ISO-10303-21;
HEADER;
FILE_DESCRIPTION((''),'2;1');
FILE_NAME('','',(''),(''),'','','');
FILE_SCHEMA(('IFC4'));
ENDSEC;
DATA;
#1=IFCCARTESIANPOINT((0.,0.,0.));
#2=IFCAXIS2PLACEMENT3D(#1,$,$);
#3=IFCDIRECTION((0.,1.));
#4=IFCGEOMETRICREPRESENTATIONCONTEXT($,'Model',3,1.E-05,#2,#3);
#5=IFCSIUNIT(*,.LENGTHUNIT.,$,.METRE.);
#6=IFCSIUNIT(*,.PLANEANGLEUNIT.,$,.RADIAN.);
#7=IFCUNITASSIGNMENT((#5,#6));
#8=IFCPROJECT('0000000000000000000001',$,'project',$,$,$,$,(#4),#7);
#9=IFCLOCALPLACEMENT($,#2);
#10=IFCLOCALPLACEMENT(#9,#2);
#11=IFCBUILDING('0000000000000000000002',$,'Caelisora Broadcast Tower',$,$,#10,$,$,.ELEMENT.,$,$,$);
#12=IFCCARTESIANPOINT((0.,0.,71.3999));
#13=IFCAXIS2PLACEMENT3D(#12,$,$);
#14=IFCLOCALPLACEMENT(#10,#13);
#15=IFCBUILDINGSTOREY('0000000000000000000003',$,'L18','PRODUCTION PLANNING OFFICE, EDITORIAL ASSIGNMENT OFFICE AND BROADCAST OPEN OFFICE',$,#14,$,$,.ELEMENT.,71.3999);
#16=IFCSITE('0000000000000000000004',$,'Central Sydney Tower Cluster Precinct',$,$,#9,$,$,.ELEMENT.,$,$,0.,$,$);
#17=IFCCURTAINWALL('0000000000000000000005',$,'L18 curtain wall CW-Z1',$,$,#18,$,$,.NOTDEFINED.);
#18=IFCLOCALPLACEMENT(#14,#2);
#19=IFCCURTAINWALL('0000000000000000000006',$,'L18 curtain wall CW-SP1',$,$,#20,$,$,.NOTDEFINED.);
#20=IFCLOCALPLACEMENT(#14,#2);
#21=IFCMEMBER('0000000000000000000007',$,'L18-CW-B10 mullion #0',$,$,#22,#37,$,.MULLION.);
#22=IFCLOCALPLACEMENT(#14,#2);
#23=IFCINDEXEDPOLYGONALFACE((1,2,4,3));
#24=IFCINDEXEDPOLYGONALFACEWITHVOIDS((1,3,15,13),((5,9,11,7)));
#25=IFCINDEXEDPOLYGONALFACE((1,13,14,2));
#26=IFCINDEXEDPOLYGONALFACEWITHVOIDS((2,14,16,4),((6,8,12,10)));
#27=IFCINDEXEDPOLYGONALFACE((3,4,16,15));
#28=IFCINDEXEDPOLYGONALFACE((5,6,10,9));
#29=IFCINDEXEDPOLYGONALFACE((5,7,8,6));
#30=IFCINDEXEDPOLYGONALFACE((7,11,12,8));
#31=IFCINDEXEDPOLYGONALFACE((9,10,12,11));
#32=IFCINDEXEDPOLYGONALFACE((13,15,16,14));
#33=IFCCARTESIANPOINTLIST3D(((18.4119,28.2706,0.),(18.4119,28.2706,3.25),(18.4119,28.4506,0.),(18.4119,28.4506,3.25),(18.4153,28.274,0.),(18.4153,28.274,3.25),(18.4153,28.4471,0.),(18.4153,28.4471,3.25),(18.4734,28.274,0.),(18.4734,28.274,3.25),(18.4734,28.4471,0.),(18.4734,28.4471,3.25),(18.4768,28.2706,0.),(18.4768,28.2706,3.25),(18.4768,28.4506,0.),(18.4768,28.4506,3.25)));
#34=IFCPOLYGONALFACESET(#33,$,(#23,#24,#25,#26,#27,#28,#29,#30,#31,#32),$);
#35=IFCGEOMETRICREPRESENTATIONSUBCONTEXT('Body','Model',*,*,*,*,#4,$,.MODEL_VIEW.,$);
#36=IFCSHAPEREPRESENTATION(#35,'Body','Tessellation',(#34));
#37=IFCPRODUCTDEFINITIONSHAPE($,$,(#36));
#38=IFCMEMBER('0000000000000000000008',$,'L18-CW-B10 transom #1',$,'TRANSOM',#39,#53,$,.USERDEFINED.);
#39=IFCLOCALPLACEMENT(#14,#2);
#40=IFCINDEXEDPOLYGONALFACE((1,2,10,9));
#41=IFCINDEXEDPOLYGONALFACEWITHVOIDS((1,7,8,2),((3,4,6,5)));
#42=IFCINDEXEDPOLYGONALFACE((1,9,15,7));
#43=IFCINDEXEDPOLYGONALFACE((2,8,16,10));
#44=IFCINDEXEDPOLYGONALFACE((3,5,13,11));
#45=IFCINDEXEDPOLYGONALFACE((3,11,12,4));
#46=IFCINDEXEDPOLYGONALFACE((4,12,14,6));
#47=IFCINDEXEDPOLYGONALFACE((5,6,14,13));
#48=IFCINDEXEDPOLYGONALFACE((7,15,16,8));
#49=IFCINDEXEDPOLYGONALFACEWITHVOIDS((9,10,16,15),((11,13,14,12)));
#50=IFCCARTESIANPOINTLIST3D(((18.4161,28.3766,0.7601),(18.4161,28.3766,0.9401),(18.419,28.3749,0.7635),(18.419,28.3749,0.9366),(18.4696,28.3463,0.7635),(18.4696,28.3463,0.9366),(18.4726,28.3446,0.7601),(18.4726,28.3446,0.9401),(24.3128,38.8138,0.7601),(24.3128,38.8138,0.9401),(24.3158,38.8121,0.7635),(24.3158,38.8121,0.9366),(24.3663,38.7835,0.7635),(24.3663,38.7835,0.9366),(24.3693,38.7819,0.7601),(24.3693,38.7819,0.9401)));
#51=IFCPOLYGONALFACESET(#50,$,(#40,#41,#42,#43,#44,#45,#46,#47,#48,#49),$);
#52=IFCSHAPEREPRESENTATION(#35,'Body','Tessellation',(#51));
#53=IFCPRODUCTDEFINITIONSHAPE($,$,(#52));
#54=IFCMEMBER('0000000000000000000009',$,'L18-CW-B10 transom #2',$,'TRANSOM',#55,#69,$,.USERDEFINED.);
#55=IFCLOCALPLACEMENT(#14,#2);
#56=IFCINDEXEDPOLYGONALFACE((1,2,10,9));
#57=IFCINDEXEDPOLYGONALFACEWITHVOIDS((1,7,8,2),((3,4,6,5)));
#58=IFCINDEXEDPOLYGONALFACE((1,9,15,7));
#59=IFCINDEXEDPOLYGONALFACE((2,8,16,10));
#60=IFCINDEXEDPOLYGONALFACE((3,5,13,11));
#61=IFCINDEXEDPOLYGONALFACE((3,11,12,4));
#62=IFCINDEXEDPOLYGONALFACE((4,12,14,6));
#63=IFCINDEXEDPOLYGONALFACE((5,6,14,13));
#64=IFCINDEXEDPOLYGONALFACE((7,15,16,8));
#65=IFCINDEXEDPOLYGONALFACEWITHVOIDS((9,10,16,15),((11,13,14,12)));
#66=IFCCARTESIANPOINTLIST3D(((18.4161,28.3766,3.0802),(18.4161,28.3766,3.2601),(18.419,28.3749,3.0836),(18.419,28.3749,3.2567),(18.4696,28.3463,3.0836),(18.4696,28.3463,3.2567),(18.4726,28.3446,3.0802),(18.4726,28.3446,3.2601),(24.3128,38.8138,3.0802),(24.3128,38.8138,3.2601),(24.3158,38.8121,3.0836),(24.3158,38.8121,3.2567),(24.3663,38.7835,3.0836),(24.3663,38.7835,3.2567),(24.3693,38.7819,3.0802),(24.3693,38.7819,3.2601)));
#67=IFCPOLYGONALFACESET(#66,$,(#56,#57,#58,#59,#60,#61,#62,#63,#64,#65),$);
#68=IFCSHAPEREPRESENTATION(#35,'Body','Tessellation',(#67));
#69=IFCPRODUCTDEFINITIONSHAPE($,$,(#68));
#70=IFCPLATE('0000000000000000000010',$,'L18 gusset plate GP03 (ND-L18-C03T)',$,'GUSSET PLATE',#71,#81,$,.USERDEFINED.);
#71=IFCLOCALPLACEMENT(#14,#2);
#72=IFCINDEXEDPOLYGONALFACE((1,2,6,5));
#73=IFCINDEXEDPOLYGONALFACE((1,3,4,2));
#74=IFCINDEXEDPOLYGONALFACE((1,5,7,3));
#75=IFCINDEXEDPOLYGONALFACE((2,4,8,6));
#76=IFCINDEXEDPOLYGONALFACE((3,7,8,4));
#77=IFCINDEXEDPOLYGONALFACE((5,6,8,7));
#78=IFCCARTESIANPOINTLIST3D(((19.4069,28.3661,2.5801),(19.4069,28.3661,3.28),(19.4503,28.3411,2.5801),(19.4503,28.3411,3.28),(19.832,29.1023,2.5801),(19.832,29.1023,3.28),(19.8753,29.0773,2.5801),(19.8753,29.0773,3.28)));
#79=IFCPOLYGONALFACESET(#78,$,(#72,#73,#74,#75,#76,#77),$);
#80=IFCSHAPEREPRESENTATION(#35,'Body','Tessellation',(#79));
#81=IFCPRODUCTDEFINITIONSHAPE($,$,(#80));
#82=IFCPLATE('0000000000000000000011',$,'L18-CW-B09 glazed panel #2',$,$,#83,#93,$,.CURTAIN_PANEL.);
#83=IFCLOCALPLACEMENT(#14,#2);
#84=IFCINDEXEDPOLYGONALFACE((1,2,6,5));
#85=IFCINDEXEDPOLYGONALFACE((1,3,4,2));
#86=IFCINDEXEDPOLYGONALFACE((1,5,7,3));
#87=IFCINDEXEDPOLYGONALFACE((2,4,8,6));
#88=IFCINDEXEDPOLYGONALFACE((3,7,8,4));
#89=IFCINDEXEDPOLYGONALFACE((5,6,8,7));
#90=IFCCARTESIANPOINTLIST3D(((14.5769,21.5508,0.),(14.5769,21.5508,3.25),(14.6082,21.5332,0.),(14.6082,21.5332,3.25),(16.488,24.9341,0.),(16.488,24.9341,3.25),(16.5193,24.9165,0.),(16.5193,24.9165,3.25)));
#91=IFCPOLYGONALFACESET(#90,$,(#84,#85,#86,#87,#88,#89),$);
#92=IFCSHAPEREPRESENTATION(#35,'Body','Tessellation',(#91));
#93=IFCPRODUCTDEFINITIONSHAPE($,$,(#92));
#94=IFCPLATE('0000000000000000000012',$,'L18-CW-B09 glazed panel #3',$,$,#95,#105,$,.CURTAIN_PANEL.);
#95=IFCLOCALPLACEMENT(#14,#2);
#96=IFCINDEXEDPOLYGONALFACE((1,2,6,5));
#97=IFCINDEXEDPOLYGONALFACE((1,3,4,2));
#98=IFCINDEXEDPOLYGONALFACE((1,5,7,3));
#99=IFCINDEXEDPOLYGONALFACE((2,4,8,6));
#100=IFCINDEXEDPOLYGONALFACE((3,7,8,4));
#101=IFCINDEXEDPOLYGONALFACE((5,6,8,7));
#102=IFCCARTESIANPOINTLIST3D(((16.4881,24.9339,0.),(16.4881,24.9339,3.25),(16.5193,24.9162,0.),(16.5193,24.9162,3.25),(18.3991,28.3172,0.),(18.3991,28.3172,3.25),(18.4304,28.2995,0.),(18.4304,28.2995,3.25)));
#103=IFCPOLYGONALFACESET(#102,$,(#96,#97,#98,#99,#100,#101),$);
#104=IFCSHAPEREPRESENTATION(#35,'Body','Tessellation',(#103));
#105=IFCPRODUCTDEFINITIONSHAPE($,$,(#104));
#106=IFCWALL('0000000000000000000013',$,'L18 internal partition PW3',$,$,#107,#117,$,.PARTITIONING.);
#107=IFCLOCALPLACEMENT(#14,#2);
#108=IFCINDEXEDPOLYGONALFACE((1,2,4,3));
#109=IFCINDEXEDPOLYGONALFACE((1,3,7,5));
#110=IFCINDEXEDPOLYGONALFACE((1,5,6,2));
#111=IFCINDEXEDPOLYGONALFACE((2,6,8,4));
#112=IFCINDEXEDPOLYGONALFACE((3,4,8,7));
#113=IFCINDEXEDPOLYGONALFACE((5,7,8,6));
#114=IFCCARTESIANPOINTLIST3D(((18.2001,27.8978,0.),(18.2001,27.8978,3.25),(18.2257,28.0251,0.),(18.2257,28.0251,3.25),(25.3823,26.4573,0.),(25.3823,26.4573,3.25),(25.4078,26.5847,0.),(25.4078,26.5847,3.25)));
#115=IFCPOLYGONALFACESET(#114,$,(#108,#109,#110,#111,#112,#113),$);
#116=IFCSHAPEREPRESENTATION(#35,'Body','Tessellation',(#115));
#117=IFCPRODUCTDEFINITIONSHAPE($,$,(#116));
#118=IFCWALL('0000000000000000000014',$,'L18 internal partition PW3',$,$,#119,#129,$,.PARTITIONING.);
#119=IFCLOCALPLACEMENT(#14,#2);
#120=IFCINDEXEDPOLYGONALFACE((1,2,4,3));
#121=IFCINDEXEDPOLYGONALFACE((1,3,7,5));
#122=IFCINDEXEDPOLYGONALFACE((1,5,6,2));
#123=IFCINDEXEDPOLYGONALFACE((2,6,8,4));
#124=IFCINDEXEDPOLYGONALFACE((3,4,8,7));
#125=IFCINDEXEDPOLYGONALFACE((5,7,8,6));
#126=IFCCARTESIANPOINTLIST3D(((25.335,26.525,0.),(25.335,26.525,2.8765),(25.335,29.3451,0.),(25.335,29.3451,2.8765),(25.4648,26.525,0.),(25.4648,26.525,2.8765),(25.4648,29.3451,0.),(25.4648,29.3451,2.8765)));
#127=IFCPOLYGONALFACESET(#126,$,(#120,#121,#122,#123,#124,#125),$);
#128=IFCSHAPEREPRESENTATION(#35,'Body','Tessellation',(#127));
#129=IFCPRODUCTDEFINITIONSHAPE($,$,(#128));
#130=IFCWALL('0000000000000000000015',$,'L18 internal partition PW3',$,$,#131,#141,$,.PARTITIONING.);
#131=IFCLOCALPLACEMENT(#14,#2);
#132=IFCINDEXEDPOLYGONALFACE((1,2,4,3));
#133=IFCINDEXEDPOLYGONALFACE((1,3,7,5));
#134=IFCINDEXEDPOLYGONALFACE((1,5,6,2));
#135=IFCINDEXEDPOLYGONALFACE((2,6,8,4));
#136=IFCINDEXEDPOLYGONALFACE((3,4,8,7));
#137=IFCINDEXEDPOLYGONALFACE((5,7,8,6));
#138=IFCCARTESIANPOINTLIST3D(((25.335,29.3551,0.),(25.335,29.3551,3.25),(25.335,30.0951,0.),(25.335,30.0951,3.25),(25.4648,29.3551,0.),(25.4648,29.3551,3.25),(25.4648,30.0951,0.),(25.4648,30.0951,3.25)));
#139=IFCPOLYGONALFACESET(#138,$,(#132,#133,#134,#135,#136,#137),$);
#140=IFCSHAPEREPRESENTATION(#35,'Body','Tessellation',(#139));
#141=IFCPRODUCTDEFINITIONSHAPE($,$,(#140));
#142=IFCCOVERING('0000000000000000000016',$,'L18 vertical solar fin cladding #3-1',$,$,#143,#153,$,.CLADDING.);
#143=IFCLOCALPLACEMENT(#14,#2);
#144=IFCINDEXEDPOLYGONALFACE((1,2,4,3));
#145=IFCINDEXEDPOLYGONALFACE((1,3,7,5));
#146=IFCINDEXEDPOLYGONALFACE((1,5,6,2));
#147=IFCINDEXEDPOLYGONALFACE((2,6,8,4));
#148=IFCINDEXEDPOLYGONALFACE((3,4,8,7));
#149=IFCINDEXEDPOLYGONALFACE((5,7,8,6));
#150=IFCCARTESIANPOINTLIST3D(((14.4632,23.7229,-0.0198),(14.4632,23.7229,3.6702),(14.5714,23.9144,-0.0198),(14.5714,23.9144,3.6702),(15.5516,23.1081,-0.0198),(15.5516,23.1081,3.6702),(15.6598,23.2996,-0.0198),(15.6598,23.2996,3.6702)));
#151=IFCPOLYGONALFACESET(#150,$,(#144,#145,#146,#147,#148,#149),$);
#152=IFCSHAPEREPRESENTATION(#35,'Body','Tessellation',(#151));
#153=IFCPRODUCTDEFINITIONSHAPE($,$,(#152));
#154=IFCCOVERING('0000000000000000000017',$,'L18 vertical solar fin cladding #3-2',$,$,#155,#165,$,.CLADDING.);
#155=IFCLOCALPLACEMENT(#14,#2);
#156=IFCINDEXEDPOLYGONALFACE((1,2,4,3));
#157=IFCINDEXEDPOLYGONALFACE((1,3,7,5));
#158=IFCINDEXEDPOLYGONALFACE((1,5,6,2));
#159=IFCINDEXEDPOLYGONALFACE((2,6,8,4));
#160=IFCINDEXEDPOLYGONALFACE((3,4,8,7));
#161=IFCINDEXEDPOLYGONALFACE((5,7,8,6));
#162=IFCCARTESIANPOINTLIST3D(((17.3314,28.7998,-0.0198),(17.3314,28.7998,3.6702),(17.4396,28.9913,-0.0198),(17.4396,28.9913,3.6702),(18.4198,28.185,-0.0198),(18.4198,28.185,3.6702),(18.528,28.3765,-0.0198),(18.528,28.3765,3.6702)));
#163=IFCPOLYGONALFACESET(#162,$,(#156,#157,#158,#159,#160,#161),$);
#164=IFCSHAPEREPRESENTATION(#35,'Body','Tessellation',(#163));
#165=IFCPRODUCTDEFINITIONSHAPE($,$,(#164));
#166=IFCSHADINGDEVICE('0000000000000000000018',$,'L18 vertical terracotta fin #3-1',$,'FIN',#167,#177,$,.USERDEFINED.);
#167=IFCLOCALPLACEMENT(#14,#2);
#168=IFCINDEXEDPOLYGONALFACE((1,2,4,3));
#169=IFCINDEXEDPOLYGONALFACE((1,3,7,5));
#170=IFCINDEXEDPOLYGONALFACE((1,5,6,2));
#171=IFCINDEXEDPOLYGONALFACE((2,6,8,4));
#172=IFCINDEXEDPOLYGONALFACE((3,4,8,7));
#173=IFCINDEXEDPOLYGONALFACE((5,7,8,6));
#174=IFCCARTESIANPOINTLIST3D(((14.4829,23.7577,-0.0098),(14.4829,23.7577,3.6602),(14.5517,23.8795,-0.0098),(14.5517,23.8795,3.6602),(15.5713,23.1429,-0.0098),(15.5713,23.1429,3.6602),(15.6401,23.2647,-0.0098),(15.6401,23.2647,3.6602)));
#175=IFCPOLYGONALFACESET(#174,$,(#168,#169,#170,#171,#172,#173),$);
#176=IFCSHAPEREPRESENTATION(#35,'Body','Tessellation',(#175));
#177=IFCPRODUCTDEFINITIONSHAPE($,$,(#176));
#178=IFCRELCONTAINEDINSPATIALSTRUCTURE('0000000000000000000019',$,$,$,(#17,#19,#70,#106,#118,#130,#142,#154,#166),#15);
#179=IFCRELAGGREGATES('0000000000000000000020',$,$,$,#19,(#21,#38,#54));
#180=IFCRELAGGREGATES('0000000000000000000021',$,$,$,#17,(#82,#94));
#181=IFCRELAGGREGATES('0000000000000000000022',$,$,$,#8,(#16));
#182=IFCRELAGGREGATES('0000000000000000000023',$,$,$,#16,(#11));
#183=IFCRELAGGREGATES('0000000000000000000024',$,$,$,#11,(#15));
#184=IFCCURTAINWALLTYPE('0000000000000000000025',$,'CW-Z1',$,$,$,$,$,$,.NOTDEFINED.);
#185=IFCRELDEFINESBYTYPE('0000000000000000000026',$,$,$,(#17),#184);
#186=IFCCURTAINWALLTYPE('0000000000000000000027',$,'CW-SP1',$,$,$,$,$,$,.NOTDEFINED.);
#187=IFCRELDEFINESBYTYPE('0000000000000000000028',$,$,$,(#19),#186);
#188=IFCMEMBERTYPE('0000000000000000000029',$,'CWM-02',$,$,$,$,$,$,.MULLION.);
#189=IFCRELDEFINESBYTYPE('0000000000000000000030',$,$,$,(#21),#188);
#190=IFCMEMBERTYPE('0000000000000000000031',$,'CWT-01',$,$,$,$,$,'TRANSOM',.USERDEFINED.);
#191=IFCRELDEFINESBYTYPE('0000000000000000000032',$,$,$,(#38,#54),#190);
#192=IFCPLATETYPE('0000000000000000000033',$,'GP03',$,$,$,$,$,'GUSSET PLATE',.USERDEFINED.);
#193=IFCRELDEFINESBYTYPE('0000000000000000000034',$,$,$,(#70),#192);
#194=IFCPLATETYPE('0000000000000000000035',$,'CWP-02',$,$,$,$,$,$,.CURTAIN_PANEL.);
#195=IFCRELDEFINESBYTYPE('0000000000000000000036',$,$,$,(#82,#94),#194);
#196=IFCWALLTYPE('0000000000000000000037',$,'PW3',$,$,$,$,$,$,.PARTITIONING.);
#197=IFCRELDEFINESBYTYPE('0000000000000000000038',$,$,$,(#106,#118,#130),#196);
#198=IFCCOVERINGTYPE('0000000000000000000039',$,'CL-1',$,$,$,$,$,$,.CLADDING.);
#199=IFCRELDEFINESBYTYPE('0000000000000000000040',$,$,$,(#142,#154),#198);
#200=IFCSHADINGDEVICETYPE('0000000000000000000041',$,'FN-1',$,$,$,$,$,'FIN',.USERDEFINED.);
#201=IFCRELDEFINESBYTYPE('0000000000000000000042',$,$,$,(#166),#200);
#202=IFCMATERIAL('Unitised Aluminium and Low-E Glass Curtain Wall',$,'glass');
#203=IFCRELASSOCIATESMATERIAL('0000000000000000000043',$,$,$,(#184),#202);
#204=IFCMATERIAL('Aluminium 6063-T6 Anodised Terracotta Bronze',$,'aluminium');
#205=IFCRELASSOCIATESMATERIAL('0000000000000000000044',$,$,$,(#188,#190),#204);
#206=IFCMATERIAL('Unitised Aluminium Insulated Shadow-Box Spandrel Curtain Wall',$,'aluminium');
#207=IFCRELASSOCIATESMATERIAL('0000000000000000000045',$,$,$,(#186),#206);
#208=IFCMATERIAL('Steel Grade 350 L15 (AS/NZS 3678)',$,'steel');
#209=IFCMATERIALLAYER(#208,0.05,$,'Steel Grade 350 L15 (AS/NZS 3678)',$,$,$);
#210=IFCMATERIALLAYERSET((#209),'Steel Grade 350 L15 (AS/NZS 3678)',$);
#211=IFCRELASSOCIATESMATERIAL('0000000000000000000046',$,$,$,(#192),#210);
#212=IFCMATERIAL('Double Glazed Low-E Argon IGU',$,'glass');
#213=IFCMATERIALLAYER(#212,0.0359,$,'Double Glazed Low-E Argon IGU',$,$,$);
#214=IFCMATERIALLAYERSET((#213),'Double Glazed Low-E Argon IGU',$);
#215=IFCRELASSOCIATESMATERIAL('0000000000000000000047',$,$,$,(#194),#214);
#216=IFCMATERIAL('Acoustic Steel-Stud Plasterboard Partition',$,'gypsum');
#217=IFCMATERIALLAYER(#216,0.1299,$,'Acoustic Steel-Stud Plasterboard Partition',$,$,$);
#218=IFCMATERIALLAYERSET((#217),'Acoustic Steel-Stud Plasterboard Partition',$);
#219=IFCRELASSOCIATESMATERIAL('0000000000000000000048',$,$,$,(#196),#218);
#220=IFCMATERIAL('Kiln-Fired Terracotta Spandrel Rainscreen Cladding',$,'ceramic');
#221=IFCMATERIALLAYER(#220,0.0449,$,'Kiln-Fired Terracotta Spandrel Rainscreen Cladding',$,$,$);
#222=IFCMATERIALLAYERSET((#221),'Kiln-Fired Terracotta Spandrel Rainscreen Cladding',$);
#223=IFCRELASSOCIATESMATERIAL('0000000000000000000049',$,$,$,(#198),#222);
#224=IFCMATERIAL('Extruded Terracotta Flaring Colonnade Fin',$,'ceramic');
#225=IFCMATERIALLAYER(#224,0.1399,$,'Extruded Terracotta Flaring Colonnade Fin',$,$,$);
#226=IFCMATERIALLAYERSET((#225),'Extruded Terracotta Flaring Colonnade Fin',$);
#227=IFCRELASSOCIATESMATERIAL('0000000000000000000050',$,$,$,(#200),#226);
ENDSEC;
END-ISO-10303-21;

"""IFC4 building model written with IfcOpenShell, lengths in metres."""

from ifc_helpers import new_model, si_unit, direction, frame, frame_2d, origin, origin_2d, place, context, subcontext, project, spatial, rectangle, hollow_rectangle, extrude, source, transform, mapped, material, layer, layer_set, material_profile, profile_set, type_object, type_shapes, element, aggregate, save


model = new_model("IFC4")

# Units and contexts
model_context = context("Model", 3, precision=1e-05, world=origin(), true_north=direction((0.0, 1.0)))
body_context = subcontext(model_context, "Body", "Model", "MODEL_VIEW")
ifc_project = project(units=[si_unit("LENGTHUNIT", "METRE"), si_unit("PLANEANGLEUNIT", "RADIAN")], contexts=[model_context])

# Site, building, storey
site_placement = place(None, origin())
site = spatial("IfcSite", under=ifc_project, at=site_placement, Name="Central Sydney Tower Cluster Precinct", CompositionType="ELEMENT", RefElevation=0.0)
building_placement = place(site_placement, origin())
building = spatial("IfcBuilding", under=site, at=building_placement, Name="Caelisora Broadcast Tower", CompositionType="ELEMENT")
storey_placement = place(building_placement, frame((0.0, 0.0, 71.3999)))
storey = spatial("IfcBuildingStorey", under=building, at=storey_placement, Name="L18", Description="PRODUCTION PLANNING OFFICE, EDITORIAL ASSIGNMENT OFFICE AND BROADCAST OPEN OFFICE", CompositionType="ELEMENT", Elevation=71.3999)

# Shared definitions
ifc_material_1 = material(Name="Steel Grade 350 L15 (AS/NZS 3678)", Category="steel")

# Curtain walls, members
ifc_material_2 = material(Name="Unitised Aluminium and Low-E Glass Curtain Wall", Category="glass")
curtain_wall_type_1 = type_object("IfcCurtainWallType", Name="CW-Z1", PredefinedType="NOTDEFINED", material=ifc_material_2)
curtain_wall_1_placement = place(storey_placement, origin())
curtain_wall_1 = element("IfcCurtainWall", 1, at=curtain_wall_1_placement, inside=storey, type_object=curtain_wall_type_1, Name="L18 curtain wall CW-Z1", PredefinedType="NOTDEFINED")
ifc_material_3 = material(Name="Aluminium 6063-T6 Anodised Terracotta Bronze", Category="aluminium")
ifc_material_profile_1 = material_profile(ifc_material_3, hollow_rectangle(XDim=0.0649, YDim=0.1799, WallThickness=0.0034, at=origin_2d()), Name="Aluminium 6063-T6 Anodised Terracotta Bronze")
ifc_profile_set_1 = profile_set([ifc_material_profile_1], Name="Aluminium 6063-T6 Anodised Terracotta Bronze")
member_type_1 = type_object("IfcMemberType", Name="CWM-02", PredefinedType="MULLION", material=ifc_profile_set_1)
shared_shape_1 = source(origin(), body_context, "Body", "SweptSolid", [
    extrude(hollow_rectangle(XDim=0.0649, YDim=0.1799, WallThickness=0.0034, at=origin_2d()), origin(), (0.0, 0.0, 1.0), 3.25),
])
type_shapes(member_type_1, [shared_shape_1])
ifc_material_4 = material(Name="Unitised Aluminium Insulated Shadow-Box Spandrel Curtain Wall", Category="aluminium")
curtain_wall_type_2 = type_object("IfcCurtainWallType", Name="CW-SP1", PredefinedType="NOTDEFINED", material=ifc_material_4)
curtain_wall_2_placement = place(storey_placement, origin())
curtain_wall_2 = element("IfcCurtainWall", 2, at=curtain_wall_2_placement, inside=storey, type_object=curtain_wall_type_2, Name="L18 curtain wall CW-SP1", PredefinedType="NOTDEFINED")
member_1_placement = place(storey_placement, frame((18.4443, 28.3606, 0.0), z_axis=(0.0, 0.0, 1.0), x_axis=(1.0, 0.0, 0.0)))
member_1 = element("IfcMember", 3, at=member_1_placement, type_object=member_type_1, Name="L18-CW-B10 mullion #0", PredefinedType="MULLION", context=body_context, shape_type="MappedRepresentation", body=[
    mapped(shared_shape_1, transform((0.0, 0.0, 0.0), scale=1.0)),
])
ifc_material_profile_2 = material_profile(ifc_material_3, hollow_rectangle(XDim=0.0649, YDim=0.1799, WallThickness=0.0034, at=origin_2d()), Name="Aluminium 6063-T6 Anodised Terracotta Bronze")
ifc_profile_set_2 = profile_set([ifc_material_profile_2], Name="Aluminium 6063-T6 Anodised Terracotta Bronze")
member_type_2 = type_object("IfcMemberType", Name="CWT-01", ElementType="TRANSOM", PredefinedType="USERDEFINED", material=ifc_profile_set_2)
shared_shape_2 = source(origin(), body_context, "Body", "SweptSolid", [
    extrude(hollow_rectangle(XDim=0.0649, YDim=0.1799, WallThickness=0.0034, at=origin_2d()), origin(), (0.0, 0.0, 1.0), 11.9878),
])
type_shapes(member_type_2, [shared_shape_2])
member_2_placement = place(storey_placement, frame((18.4443, 28.3606, 0.8501), z_axis=(0.491894, 0.870655, 0.0), x_axis=(-0.870655, 0.491894, 0.0)))
member_2 = element("IfcMember", 4, at=member_2_placement, type_object=member_type_2, Name="L18-CW-B10 transom #1", ObjectType="TRANSOM", PredefinedType="USERDEFINED", context=body_context, shape_type="MappedRepresentation", body=[
    mapped(shared_shape_2, transform((0.0, 0.0, 0.0), scale=1.0)),
])
member_3_placement = place(storey_placement, frame((18.4443, 28.3606, 3.1702), z_axis=(0.491894, 0.870655, 0.0), x_axis=(-0.870655, 0.491894, 0.0)))
member_3 = element("IfcMember", 5, at=member_3_placement, type_object=member_type_2, Name="L18-CW-B10 transom #2", ObjectType="TRANSOM", PredefinedType="USERDEFINED", context=body_context, shape_type="MappedRepresentation", body=[
    mapped(shared_shape_2, transform((0.0, 0.0, 0.0), scale=1.0)),
])
aggregate(curtain_wall_2, [member_1, member_2, member_3])

# Plates
ifc_layer_1 = layer(ifc_material_1, 0.05, Name="Steel Grade 350 L15 (AS/NZS 3678)")
ifc_layer_set_1 = layer_set([ifc_layer_1], Name="Steel Grade 350 L15 (AS/NZS 3678)")
plate_type_1 = type_object("IfcPlateType", Name="GP03", ElementType="GUSSET PLATE", PredefinedType="USERDEFINED", material=ifc_layer_set_1)
shared_shape_3 = source(origin(), body_context, "Body", "SweptSolid", [
    extrude(rectangle(XDim=0.8501, YDim=0.05, at=origin_2d()), origin(), (0.0, 0.0, 1.0), 0.7),
])
type_shapes(plate_type_1, [shared_shape_3])
plate_1_placement = place(storey_placement, frame((19.6411, 28.7217, 2.5801), z_axis=(0.0, 0.0, 1.0), x_axis=(-0.5, -0.866025, 0.0)))
element("IfcPlate", 6, at=plate_1_placement, inside=storey, type_object=plate_type_1, Name="L18 gusset plate GP03 (ND-L18-C03T)", ObjectType="GUSSET PLATE", PredefinedType="USERDEFINED", context=body_context, shape_type="MappedRepresentation", body=[
    mapped(shared_shape_3, transform((0.0, 0.0, 0.0), scale=1.0)),
])
ifc_material_5 = material(Name="Double Glazed Low-E Argon IGU", Category="glass")
ifc_layer_2 = layer(ifc_material_5, 0.0359, Name="Double Glazed Low-E Argon IGU")
ifc_layer_set_2 = layer_set([ifc_layer_2], Name="Double Glazed Low-E Argon IGU")
plate_type_2 = type_object("IfcPlateType", Name="CWP-02", PredefinedType="CURTAIN_PANEL", material=ifc_layer_set_2)
shared_shape_4 = source(origin(), body_context, "Body", "SweptSolid", [
    extrude(rectangle(XDim=3.8857, YDim=0.0359, at=origin_2d()), origin(), (0.0, 0.0, 1.0), 3.25),
])
type_shapes(plate_type_2, [shared_shape_4])
plate_2_placement = place(storey_placement, frame((15.5481, 23.2336, 0.0), z_axis=(0.0, 0.0, 1.0), x_axis=(0.491816, 0.870699, 0.0)))
plate_2 = element("IfcPlate", 7, at=plate_2_placement, type_object=plate_type_2, Name="L18-CW-B09 glazed panel #2", PredefinedType="CURTAIN_PANEL", context=body_context, shape_type="MappedRepresentation", body=[
    mapped(shared_shape_4, transform((0.0, 0.0, 0.0), scale=1.0)),
])
plate_3_placement = place(storey_placement, frame((17.4592, 26.6167, 0.0), z_axis=(0.0, 0.0, 1.0), x_axis=(0.491816, 0.870699, 0.0)))
plate_3 = element("IfcPlate", 8, at=plate_3_placement, type_object=plate_type_2, Name="L18-CW-B09 glazed panel #3", PredefinedType="CURTAIN_PANEL", context=body_context, shape_type="MappedRepresentation", body=[
    mapped(shared_shape_4, transform((0.0, 0.0, 0.0), scale=1.0)),
])
aggregate(curtain_wall_1, [plate_2, plate_3])

# Wall
ifc_material_6 = material(Name="Acoustic Steel-Stud Plasterboard Partition", Category="gypsum")
ifc_layer_3 = layer(ifc_material_6, 0.1299, Name="Acoustic Steel-Stud Plasterboard Partition")
ifc_layer_set_3 = layer_set([ifc_layer_3], Name="Acoustic Steel-Stud Plasterboard Partition")
wall_type = type_object("IfcWallType", Name="PW3", PredefinedType="PARTITIONING", material=ifc_layer_set_3)
wall_1_placement = place(storey_placement, frame((18.2129, 27.9614, 0.0), z_axis=(0.0, 0.0, 1.0), x_axis=(0.980475, -0.196642, 0.0)))
element("IfcWall", 9, at=wall_1_placement, inside=storey, type_object=wall_type, Name="L18 internal partition PW3", PredefinedType="PARTITIONING", context=body_context, shape_type="SweptSolid", body=[
    extrude(rectangle(XDim=7.3252, YDim=0.1299, at=frame_2d((3.6626, 0.0))), origin(), (0.0, 0.0, 1.0), 3.25),
])

# Walls
wall_2_placement = place(storey_placement, frame((25.3999, 26.5249, 0.0), z_axis=(0.0, 0.0, 1.0), x_axis=(0.0, 1.0, 0.0)))
element("IfcWall", 10, at=wall_2_placement, inside=storey, type_object=wall_type, Name="L18 internal partition PW3", PredefinedType="PARTITIONING", context=body_context, shape_type="SweptSolid", body=[
    extrude(rectangle(XDim=2.8201, YDim=0.1299, at=frame_2d((1.4102, 0.0))), origin(), (0.0, 0.0, 1.0), 2.8765),
])
wall_3_placement = place(storey_placement, frame((25.3999, 29.355, 0.0), z_axis=(0.0, 0.0, 1.0), x_axis=(0.0, 1.0, 0.0)))
element("IfcWall", 11, at=wall_3_placement, inside=storey, type_object=wall_type, Name="L18 internal partition PW3", PredefinedType="PARTITIONING", context=body_context, shape_type="SweptSolid", body=[
    extrude(rectangle(XDim=0.74, YDim=0.1299, at=frame_2d((0.3701, 0.0))), origin(), (0.0, 0.0, 1.0), 3.25),
])

# Coverings
ifc_material_7 = material(Name="Kiln-Fired Terracotta Spandrel Rainscreen Cladding", Category="ceramic")
ifc_layer_4 = layer(ifc_material_7, 0.0449, Name="Kiln-Fired Terracotta Spandrel Rainscreen Cladding")
ifc_layer_set_4 = layer_set([ifc_layer_4], Name="Kiln-Fired Terracotta Spandrel Rainscreen Cladding")
covering_type = type_object("IfcCoveringType", Name="CL-1", PredefinedType="CLADDING", material=ifc_layer_set_4)
shared_shape_5 = source(origin(), body_context, "Body", "SweptSolid", [
    extrude(rectangle(XDim=0.22, YDim=1.25, at=origin_2d()), origin(), (0.0, 0.0, 1.0), 3.6899),
])
type_shapes(covering_type, [shared_shape_5])
for number, where, z_axis, x_axis, name in (
    (12, (15.0615, 23.5112, -0.0198), (0.0, 0.0, 1.0), (0.491816, 0.870699, 0.0), "L18 vertical solar fin cladding #3-1"),
    (13, (17.9297, 28.5881, -0.0198), (0.0, 0.0, 1.0), (0.491816, 0.870699, 0.0), "L18 vertical solar fin cladding #3-2"),
):
    element("IfcCovering", number, at=place(storey_placement, frame(where, z_axis=z_axis, x_axis=x_axis)), inside=storey, type_object=covering_type, Name=name, PredefinedType="CLADDING", context=body_context, shape_type="MappedRepresentation", body=[
        mapped(shared_shape_5, transform((0.0, 0.0, 0.0), scale=1.0)),
    ])

# Shading device
ifc_material_8 = material(Name="Extruded Terracotta Flaring Colonnade Fin", Category="ceramic")
ifc_layer_5 = layer(ifc_material_8, 0.1399, Name="Extruded Terracotta Flaring Colonnade Fin")
ifc_layer_set_5 = layer_set([ifc_layer_5], Name="Extruded Terracotta Flaring Colonnade Fin")
shading_device_type = type_object("IfcShadingDeviceType", Name="FN-1", ElementType="FIN", PredefinedType="USERDEFINED", material=ifc_layer_set_5)
shared_shape_6 = source(origin(), body_context, "Body", "SweptSolid", [
    extrude(rectangle(XDim=0.1399, YDim=1.25, at=origin_2d()), origin(), (0.0, 0.0, 1.0), 3.6699),
])
type_shapes(shading_device_type, [shared_shape_6])
for number, where, z_axis, x_axis, name in (
    (14, (15.0615, 23.5112, -0.0098), (0.0, 0.0, 1.0), (0.491816, 0.870699, 0.0), "L18 vertical terracotta fin #3-1"),
):
    element("IfcShadingDevice", number, at=place(storey_placement, frame(where, z_axis=z_axis, x_axis=x_axis)), inside=storey, type_object=shading_device_type, Name=name, ObjectType="FIN", PredefinedType="USERDEFINED", context=body_context, shape_type="MappedRepresentation", body=[
        mapped(shared_shape_6, transform((0.0, 0.0, 0.0), scale=1.0)),
    ])

save(model, "model.ifc")
